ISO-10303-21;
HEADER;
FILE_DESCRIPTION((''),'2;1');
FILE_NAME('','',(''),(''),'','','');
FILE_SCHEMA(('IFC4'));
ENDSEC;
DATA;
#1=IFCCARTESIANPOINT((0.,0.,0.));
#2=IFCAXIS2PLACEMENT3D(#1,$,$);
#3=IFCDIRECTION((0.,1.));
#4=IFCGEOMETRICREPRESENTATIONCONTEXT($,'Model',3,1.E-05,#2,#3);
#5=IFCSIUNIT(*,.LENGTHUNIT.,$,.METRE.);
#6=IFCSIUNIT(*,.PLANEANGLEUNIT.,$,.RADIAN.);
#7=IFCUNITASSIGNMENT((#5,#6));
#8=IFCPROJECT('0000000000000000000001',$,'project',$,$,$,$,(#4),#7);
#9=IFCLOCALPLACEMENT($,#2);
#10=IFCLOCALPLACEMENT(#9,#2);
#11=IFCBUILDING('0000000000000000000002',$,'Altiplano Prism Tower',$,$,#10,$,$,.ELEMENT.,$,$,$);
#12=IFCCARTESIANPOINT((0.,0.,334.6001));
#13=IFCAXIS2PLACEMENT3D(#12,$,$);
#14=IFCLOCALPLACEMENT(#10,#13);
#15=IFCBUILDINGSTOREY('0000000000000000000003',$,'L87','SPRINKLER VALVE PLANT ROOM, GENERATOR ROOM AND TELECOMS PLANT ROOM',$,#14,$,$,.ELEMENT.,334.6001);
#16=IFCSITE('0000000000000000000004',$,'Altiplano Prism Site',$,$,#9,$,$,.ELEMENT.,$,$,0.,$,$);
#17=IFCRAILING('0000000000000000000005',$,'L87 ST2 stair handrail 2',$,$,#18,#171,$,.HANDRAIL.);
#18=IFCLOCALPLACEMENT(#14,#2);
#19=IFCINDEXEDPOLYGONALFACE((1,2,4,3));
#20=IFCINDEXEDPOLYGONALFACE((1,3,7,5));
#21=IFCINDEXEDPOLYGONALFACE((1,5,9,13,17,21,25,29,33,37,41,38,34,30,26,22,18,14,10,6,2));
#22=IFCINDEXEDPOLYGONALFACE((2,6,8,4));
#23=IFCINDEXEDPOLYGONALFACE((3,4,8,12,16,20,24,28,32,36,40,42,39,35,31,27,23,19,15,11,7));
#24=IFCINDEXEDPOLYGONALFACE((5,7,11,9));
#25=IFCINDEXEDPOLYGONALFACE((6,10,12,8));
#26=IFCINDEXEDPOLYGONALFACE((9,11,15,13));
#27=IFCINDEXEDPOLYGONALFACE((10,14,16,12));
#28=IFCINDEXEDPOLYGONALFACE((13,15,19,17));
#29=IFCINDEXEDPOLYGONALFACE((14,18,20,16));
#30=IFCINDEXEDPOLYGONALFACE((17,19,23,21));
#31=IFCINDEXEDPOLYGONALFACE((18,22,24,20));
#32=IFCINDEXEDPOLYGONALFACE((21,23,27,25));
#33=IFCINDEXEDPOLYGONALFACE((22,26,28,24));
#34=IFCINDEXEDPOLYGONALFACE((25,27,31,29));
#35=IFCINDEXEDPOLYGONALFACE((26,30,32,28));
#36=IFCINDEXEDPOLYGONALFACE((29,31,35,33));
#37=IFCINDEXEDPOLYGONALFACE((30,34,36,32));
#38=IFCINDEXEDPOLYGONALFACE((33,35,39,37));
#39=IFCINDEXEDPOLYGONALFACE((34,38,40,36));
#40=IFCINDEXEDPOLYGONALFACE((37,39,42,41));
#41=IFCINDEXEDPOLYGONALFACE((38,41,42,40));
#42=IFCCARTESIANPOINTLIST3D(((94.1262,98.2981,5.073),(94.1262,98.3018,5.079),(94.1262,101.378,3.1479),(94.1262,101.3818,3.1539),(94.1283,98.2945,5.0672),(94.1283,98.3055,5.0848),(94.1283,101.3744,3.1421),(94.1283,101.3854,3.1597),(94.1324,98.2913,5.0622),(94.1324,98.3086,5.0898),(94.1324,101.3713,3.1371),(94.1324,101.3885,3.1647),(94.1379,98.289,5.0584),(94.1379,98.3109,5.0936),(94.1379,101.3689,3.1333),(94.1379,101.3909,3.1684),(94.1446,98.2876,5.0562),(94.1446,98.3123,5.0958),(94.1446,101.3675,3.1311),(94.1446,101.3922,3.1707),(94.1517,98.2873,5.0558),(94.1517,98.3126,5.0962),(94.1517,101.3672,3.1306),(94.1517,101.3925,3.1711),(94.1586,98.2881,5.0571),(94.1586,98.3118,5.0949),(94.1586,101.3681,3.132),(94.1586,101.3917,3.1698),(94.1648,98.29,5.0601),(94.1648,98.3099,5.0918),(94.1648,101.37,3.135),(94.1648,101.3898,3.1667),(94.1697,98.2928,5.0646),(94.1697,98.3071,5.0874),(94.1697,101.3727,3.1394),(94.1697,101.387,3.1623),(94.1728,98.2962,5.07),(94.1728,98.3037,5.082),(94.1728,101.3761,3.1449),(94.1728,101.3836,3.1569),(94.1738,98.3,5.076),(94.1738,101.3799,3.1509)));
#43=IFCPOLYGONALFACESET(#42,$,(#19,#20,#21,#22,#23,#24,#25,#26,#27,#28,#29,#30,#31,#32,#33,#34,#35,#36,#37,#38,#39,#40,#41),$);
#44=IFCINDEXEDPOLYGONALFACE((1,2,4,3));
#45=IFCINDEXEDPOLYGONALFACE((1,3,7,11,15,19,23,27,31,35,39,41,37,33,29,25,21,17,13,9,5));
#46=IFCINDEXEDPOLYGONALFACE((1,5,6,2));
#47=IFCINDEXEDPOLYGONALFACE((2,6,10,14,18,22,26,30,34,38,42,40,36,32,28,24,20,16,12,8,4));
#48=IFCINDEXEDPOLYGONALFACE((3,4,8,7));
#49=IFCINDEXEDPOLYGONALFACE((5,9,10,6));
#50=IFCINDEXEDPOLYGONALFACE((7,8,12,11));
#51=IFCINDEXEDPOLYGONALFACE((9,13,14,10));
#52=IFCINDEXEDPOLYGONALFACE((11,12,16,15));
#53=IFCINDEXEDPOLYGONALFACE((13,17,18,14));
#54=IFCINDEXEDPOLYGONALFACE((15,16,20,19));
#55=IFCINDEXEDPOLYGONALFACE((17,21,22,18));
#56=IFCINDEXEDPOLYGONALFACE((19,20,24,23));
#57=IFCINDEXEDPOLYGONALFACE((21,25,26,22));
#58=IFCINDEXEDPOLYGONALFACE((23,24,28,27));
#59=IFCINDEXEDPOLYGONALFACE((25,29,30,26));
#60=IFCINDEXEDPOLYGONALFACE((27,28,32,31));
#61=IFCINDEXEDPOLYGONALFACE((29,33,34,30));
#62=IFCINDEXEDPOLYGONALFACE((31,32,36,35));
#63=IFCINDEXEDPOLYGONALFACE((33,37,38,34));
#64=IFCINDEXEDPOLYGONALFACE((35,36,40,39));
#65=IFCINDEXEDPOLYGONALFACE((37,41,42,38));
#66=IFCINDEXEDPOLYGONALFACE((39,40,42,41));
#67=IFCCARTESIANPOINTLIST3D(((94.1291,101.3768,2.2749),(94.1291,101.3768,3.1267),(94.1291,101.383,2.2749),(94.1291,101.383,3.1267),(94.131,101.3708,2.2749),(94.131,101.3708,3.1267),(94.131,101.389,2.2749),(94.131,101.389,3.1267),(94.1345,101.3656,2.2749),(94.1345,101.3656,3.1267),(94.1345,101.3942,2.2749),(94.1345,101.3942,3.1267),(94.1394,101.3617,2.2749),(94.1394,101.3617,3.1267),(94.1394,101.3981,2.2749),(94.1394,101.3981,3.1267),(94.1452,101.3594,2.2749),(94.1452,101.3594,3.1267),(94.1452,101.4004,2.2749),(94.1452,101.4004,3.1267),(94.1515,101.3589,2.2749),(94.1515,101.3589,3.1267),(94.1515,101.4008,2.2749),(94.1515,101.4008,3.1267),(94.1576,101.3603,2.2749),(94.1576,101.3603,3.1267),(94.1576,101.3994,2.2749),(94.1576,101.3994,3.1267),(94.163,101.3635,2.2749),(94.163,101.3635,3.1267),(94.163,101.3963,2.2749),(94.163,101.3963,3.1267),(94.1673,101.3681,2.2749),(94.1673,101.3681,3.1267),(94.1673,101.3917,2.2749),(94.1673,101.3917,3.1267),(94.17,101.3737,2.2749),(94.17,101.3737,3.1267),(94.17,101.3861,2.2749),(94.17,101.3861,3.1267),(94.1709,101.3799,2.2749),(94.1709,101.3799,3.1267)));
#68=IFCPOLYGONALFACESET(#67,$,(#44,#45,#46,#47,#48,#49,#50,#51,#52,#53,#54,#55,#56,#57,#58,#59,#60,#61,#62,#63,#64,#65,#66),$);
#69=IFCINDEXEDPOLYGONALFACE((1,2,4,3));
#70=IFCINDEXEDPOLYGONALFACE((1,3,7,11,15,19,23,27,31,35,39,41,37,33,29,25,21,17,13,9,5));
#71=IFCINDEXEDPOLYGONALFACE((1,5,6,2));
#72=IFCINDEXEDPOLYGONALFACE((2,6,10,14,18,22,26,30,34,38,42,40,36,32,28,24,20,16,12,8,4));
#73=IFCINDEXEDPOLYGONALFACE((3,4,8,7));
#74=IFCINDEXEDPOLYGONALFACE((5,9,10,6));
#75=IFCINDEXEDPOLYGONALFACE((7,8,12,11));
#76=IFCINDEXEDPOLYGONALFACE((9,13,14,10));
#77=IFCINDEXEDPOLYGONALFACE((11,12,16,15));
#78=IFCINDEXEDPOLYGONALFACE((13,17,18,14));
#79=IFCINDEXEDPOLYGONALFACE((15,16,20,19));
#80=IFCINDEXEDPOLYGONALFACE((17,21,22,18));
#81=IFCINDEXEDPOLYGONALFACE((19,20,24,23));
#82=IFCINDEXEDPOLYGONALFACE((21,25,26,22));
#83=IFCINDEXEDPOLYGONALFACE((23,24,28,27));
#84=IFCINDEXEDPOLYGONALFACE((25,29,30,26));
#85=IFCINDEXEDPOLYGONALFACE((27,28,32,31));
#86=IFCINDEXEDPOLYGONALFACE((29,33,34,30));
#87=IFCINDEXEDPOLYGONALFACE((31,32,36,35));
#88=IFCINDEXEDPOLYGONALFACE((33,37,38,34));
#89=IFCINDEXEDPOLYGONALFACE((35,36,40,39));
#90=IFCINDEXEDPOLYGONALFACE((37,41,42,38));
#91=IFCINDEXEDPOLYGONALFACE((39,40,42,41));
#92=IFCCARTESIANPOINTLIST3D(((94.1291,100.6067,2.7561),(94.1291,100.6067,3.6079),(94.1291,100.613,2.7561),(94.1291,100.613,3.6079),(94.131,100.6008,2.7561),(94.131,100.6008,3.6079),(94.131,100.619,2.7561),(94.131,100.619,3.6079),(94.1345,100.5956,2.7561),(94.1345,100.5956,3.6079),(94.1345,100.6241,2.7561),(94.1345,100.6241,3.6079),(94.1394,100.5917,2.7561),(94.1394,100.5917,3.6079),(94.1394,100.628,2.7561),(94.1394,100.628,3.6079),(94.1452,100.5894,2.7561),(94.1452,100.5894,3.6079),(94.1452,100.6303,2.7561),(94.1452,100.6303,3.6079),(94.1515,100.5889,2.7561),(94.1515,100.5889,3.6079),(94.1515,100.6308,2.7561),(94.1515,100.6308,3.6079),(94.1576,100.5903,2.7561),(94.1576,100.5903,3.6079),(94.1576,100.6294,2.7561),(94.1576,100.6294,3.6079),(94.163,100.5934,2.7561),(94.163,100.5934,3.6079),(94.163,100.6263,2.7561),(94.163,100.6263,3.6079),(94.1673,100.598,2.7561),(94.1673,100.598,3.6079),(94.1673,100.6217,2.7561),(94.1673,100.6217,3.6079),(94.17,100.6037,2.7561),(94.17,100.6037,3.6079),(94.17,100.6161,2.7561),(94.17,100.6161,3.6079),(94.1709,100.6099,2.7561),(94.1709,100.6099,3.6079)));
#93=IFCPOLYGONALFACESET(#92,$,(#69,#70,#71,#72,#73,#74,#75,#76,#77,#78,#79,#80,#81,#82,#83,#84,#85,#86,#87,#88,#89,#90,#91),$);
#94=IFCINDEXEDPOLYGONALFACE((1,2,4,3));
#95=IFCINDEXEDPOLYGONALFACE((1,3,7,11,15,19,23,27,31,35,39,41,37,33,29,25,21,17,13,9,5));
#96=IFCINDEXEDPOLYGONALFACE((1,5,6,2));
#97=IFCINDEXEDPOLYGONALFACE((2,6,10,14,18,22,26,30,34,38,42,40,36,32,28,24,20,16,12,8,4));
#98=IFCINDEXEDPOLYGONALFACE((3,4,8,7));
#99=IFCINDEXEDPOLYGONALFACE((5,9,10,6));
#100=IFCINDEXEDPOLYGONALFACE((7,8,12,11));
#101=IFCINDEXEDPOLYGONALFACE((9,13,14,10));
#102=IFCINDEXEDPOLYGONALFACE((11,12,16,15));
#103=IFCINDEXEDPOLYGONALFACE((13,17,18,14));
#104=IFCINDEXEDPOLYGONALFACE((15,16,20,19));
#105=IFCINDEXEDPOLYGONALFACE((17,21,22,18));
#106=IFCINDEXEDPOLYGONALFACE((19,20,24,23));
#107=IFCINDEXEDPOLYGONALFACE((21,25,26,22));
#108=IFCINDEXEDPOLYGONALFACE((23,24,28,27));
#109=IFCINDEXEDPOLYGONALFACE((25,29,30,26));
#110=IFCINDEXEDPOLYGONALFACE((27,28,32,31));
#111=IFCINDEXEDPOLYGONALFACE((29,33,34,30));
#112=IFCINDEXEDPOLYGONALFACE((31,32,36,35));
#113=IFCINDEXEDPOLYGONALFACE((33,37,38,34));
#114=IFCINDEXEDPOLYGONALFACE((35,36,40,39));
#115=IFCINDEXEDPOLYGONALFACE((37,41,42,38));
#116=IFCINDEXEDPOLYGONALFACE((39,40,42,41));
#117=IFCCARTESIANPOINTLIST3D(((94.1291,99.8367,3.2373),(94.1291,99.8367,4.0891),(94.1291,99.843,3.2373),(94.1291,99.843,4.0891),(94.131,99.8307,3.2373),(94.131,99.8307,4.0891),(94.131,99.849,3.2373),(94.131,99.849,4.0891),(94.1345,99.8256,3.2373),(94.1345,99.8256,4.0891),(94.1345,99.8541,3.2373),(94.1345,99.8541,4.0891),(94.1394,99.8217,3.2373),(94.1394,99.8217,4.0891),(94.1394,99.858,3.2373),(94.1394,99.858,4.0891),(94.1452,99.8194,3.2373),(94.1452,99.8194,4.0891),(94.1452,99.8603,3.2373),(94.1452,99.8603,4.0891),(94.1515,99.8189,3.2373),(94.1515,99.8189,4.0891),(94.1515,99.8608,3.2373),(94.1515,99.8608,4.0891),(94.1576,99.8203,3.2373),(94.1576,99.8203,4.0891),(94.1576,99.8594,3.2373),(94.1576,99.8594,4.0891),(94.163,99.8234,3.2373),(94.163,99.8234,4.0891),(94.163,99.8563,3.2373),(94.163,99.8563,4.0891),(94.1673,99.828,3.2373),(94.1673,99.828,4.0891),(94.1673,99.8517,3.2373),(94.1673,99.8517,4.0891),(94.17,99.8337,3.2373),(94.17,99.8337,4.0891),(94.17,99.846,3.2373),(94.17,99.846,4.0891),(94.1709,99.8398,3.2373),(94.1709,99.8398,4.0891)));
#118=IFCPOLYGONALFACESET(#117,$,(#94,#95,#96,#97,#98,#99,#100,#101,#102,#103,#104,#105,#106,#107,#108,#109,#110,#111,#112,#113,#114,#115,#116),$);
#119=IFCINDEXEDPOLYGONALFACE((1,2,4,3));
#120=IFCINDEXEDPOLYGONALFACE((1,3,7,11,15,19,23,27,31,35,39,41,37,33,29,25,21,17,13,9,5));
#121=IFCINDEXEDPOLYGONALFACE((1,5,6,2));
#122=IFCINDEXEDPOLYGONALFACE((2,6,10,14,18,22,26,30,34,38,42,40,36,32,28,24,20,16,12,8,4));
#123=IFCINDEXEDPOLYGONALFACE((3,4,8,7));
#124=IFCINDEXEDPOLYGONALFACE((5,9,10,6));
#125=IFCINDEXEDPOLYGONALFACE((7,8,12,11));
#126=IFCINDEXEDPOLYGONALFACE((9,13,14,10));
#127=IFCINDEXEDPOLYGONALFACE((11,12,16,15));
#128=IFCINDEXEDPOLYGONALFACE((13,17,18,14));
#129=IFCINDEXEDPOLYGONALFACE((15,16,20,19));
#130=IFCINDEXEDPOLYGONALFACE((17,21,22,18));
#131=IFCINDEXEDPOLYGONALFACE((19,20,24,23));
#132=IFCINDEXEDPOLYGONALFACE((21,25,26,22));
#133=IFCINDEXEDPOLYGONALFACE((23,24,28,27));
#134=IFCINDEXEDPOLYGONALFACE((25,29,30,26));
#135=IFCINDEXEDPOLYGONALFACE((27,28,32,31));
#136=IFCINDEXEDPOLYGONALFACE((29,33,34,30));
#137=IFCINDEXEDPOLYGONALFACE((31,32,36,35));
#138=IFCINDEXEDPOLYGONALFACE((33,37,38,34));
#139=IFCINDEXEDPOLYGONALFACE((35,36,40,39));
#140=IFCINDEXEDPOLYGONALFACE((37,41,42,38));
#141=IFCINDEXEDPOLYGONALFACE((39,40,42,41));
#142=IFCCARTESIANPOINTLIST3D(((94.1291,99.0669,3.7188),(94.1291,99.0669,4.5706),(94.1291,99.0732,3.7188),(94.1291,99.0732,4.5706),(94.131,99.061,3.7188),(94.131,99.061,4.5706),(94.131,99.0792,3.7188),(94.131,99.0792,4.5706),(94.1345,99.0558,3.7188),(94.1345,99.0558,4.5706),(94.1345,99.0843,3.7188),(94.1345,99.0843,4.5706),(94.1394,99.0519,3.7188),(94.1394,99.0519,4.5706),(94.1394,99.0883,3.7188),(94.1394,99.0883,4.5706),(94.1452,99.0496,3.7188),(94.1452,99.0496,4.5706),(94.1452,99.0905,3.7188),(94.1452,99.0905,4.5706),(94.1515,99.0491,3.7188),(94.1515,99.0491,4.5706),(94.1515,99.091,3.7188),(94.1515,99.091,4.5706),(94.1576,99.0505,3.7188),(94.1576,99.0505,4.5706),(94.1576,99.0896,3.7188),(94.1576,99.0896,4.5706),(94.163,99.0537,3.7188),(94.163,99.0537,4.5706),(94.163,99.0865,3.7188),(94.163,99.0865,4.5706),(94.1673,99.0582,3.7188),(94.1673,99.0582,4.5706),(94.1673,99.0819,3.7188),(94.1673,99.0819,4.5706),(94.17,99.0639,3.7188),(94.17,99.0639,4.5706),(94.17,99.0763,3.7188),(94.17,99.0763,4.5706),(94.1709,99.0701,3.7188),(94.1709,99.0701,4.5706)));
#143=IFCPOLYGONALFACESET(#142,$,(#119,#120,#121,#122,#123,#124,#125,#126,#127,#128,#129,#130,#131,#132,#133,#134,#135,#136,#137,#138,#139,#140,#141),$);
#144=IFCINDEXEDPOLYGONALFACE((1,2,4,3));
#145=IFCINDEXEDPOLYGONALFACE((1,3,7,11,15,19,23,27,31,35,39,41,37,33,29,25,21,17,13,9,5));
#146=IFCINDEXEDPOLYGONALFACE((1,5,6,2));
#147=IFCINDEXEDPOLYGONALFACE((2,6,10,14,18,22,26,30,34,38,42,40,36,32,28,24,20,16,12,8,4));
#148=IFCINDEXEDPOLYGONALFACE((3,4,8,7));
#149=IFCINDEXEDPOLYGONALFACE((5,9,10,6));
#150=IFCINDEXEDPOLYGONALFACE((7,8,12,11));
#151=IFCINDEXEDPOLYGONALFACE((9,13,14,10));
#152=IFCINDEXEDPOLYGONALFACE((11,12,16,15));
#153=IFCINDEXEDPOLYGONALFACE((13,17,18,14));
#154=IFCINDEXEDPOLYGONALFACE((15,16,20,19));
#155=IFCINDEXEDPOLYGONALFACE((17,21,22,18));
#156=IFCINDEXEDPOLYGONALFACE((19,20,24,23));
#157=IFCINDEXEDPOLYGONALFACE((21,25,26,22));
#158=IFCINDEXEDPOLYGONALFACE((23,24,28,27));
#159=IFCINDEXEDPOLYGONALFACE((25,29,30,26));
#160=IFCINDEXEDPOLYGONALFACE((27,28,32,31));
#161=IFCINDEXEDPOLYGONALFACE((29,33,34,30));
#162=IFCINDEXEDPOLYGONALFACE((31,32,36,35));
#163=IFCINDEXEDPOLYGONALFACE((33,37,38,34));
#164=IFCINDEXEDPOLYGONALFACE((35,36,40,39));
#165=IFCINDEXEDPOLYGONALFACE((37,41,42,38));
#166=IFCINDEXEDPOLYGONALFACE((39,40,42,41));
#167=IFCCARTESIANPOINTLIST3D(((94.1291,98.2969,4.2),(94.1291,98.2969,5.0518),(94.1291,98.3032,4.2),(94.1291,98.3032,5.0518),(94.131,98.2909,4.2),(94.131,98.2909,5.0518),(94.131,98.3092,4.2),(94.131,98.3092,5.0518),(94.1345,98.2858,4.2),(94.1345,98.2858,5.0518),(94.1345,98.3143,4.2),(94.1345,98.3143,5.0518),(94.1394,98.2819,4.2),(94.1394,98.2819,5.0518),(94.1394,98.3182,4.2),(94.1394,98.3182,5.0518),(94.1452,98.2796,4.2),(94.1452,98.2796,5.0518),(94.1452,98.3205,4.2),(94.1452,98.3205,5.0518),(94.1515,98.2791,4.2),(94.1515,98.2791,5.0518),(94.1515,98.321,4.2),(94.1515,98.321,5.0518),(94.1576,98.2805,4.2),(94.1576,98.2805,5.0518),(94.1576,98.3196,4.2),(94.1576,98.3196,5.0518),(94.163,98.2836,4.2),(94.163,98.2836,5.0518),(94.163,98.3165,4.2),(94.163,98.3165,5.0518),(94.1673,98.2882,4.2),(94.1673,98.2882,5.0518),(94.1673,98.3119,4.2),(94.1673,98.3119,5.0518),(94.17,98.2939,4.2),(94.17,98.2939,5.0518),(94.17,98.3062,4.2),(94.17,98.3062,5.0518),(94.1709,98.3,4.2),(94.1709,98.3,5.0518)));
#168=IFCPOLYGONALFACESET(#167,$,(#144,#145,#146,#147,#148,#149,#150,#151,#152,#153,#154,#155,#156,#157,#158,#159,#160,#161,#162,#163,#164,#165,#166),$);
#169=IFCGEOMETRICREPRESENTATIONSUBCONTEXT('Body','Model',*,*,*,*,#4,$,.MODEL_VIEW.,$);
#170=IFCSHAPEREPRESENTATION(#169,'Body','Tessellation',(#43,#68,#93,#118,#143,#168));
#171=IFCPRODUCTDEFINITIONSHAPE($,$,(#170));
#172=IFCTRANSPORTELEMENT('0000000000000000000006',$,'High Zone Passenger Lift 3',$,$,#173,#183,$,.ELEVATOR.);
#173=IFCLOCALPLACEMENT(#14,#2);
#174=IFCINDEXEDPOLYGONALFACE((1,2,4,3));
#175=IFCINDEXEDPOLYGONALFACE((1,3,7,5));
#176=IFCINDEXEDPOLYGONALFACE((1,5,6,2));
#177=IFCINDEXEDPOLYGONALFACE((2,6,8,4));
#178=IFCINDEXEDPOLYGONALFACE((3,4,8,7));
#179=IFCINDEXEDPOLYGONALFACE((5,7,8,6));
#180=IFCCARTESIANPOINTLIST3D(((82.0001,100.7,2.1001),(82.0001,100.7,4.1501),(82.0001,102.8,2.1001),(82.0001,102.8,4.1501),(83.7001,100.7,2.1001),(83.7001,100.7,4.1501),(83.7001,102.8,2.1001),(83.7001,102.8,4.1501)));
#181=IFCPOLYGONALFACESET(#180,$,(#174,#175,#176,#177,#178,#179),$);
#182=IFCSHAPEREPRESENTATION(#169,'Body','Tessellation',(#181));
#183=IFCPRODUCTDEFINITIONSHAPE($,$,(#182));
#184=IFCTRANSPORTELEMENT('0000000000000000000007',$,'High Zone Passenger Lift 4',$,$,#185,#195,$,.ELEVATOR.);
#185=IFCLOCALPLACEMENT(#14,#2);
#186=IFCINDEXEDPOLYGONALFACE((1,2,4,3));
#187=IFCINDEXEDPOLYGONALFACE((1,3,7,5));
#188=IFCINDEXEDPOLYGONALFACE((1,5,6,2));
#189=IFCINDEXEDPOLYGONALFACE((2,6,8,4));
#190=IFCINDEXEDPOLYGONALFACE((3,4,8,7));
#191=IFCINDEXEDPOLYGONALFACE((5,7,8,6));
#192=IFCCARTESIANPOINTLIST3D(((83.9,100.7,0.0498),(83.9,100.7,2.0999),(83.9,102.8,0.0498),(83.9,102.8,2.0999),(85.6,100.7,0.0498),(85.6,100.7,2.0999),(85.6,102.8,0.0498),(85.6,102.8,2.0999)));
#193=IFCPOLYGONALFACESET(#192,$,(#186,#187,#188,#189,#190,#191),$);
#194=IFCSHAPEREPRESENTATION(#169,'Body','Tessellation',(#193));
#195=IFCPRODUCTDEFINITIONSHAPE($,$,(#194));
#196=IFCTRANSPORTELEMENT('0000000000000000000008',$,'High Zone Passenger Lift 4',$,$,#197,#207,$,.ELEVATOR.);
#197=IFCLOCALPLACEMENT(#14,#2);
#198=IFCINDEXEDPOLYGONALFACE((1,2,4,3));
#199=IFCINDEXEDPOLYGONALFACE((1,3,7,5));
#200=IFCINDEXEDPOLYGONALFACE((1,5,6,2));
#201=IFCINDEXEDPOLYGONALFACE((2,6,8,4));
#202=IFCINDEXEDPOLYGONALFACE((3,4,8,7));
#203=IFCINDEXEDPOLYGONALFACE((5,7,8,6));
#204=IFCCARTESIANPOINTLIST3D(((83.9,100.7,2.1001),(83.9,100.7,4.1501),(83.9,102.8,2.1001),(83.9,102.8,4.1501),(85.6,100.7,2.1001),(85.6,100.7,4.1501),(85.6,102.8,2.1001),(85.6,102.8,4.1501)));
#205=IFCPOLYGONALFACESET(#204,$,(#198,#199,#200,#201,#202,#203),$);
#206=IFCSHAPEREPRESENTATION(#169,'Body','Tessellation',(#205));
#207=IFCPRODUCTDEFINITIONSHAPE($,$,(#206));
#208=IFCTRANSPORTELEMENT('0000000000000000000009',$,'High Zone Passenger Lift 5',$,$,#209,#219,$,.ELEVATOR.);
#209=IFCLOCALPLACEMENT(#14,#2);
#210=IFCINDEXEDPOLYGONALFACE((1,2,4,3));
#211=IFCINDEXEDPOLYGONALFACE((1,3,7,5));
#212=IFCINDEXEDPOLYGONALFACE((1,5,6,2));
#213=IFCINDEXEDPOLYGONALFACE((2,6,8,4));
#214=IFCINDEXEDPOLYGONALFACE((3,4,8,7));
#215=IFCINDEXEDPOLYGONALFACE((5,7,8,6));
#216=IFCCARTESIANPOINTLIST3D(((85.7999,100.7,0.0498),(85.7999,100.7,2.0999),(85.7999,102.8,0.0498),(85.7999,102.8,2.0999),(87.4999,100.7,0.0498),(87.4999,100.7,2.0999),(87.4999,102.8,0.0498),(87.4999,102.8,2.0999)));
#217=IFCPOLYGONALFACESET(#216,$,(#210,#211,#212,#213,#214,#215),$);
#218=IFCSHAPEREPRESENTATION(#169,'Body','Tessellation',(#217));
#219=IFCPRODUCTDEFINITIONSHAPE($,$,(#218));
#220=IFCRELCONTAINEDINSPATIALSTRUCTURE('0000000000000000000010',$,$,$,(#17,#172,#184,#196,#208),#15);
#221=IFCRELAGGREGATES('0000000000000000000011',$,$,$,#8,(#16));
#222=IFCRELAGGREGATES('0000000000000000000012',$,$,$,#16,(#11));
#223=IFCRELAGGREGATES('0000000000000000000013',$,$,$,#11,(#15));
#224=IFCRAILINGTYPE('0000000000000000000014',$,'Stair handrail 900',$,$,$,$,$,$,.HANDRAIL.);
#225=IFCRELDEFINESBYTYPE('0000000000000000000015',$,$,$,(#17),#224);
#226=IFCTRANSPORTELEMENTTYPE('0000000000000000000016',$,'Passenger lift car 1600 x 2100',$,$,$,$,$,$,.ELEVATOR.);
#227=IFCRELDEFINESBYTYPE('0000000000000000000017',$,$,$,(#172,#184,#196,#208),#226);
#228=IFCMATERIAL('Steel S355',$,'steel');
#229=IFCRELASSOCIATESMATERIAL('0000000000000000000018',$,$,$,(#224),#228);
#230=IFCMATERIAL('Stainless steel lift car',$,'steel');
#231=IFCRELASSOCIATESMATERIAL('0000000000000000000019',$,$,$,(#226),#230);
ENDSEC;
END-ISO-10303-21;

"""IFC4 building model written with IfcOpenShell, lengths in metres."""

from ifc_helpers import new_model, si_unit, direction, frame, origin, origin_2d, place, context, subcontext, project, spatial, rectangle, circle, extrude, material, type_object, element, save


model = new_model("IFC4")

# Units and contexts
model_context = context("Model", 3, precision=1e-05, world=origin(), true_north=direction((0.0, 1.0)))
body_context = subcontext(model_context, "Body", "Model", "MODEL_VIEW")
ifc_project = project(units=[si_unit("LENGTHUNIT", "METRE"), si_unit("PLANEANGLEUNIT", "RADIAN")], contexts=[model_context])

# Site, building, storey
site_placement = place(None, origin())
site = spatial("IfcSite", under=ifc_project, at=site_placement, Name="Altiplano Prism Site", CompositionType="ELEMENT", RefElevation=0.0)
building_placement = place(site_placement, origin())
building = spatial("IfcBuilding", under=site, at=building_placement, Name="Altiplano Prism Tower", CompositionType="ELEMENT")
storey_placement = place(building_placement, frame((0.0, 0.0, 334.6001)))
storey = spatial("IfcBuildingStorey", under=building, at=storey_placement, Name="L87", Description="SPRINKLER VALVE PLANT ROOM, GENERATOR ROOM AND TELECOMS PLANT ROOM", CompositionType="ELEMENT", Elevation=334.6001)

# Shared definitions
ifc_material_1 = material(Name="Steel S355", Category="steel")

# Railing
railing_type_1 = type_object("IfcRailingType", Name="Stair handrail 900", PredefinedType="HANDRAIL", material=ifc_material_1)
railing_1_placement = place(storey_placement, frame((94.1499, 101.3799, 2.2749)))
element("IfcRailing", 1, at=railing_1_placement, inside=storey, type_object=railing_type_1, Name="L87 ST2 stair handrail 2", PredefinedType="HANDRAIL", context=body_context, shape_type="SweptSolid", body=[
    extrude(circle(Radius=0.0239, at=origin_2d()), frame((0.0, 0.0, 0.876), z_axis=(0.0, -0.847979, 0.530029), x_axis=(1.0, 0.0, 0.0)), (0.0, 0.0, 1.0), 3.6321),
    extrude(circle(Radius=0.021, at=origin_2d()), origin(), (0.0, 0.0, 1.0), 0.8518),
    extrude(circle(Radius=0.021, at=origin_2d()), frame((0.0, -0.77, 0.4812)), (0.0, 0.0, 1.0), 0.8518),
    extrude(circle(Radius=0.021, at=origin_2d()), frame((0.0, -1.54, 0.9624)), (0.0, 0.0, 1.0), 0.8518),
    extrude(circle(Radius=0.021, at=origin_2d()), frame((0.0, -2.3098, 1.4438)), (0.0, 0.0, 1.0), 0.8518),
    extrude(circle(Radius=0.021, at=origin_2d()), frame((0.0, -3.0798, 1.925)), (0.0, 0.0, 1.0), 0.8518),
])

# Transport elements
ifc_material_2 = material(Name="Stainless steel lift car", Category="steel")
transport_element_type = type_object("IfcTransportElementType", Name="Passenger lift car 1600 x 2100", PredefinedType="ELEVATOR", material=ifc_material_2)
for number, where, z_axis, x_axis, name in (
    (2, (82.8501, 101.75, 2.1001), (0.0, 0.0, 1.0), (1.0, 0.0, 0.0), "High Zone Passenger Lift 3"),
    (3, (84.75, 101.75, 0.0498), (0.0, 0.0, 1.0), (1.0, 0.0, 0.0), "High Zone Passenger Lift 4"),
    (4, (84.75, 101.75, 2.1001), (0.0, 0.0, 1.0), (1.0, 0.0, 0.0), "High Zone Passenger Lift 4"),
    (5, (86.6499, 101.75, 0.0498), (0.0, 0.0, 1.0), (1.0, 0.0, 0.0), "High Zone Passenger Lift 5"),
):
    element("IfcTransportElement", number, at=place(storey_placement, frame(where, z_axis=z_axis, x_axis=x_axis)), inside=storey, type_object=transport_element_type, Name=name, PredefinedType="ELEVATOR", context=body_context, shape_type="SweptSolid", body=[
        extrude(rectangle(XDim=1.7, YDim=2.1001, at=origin_2d()), origin(), (0.0, 0.0, 1.0), 2.05),
    ])

save(model, "model.ifc")
